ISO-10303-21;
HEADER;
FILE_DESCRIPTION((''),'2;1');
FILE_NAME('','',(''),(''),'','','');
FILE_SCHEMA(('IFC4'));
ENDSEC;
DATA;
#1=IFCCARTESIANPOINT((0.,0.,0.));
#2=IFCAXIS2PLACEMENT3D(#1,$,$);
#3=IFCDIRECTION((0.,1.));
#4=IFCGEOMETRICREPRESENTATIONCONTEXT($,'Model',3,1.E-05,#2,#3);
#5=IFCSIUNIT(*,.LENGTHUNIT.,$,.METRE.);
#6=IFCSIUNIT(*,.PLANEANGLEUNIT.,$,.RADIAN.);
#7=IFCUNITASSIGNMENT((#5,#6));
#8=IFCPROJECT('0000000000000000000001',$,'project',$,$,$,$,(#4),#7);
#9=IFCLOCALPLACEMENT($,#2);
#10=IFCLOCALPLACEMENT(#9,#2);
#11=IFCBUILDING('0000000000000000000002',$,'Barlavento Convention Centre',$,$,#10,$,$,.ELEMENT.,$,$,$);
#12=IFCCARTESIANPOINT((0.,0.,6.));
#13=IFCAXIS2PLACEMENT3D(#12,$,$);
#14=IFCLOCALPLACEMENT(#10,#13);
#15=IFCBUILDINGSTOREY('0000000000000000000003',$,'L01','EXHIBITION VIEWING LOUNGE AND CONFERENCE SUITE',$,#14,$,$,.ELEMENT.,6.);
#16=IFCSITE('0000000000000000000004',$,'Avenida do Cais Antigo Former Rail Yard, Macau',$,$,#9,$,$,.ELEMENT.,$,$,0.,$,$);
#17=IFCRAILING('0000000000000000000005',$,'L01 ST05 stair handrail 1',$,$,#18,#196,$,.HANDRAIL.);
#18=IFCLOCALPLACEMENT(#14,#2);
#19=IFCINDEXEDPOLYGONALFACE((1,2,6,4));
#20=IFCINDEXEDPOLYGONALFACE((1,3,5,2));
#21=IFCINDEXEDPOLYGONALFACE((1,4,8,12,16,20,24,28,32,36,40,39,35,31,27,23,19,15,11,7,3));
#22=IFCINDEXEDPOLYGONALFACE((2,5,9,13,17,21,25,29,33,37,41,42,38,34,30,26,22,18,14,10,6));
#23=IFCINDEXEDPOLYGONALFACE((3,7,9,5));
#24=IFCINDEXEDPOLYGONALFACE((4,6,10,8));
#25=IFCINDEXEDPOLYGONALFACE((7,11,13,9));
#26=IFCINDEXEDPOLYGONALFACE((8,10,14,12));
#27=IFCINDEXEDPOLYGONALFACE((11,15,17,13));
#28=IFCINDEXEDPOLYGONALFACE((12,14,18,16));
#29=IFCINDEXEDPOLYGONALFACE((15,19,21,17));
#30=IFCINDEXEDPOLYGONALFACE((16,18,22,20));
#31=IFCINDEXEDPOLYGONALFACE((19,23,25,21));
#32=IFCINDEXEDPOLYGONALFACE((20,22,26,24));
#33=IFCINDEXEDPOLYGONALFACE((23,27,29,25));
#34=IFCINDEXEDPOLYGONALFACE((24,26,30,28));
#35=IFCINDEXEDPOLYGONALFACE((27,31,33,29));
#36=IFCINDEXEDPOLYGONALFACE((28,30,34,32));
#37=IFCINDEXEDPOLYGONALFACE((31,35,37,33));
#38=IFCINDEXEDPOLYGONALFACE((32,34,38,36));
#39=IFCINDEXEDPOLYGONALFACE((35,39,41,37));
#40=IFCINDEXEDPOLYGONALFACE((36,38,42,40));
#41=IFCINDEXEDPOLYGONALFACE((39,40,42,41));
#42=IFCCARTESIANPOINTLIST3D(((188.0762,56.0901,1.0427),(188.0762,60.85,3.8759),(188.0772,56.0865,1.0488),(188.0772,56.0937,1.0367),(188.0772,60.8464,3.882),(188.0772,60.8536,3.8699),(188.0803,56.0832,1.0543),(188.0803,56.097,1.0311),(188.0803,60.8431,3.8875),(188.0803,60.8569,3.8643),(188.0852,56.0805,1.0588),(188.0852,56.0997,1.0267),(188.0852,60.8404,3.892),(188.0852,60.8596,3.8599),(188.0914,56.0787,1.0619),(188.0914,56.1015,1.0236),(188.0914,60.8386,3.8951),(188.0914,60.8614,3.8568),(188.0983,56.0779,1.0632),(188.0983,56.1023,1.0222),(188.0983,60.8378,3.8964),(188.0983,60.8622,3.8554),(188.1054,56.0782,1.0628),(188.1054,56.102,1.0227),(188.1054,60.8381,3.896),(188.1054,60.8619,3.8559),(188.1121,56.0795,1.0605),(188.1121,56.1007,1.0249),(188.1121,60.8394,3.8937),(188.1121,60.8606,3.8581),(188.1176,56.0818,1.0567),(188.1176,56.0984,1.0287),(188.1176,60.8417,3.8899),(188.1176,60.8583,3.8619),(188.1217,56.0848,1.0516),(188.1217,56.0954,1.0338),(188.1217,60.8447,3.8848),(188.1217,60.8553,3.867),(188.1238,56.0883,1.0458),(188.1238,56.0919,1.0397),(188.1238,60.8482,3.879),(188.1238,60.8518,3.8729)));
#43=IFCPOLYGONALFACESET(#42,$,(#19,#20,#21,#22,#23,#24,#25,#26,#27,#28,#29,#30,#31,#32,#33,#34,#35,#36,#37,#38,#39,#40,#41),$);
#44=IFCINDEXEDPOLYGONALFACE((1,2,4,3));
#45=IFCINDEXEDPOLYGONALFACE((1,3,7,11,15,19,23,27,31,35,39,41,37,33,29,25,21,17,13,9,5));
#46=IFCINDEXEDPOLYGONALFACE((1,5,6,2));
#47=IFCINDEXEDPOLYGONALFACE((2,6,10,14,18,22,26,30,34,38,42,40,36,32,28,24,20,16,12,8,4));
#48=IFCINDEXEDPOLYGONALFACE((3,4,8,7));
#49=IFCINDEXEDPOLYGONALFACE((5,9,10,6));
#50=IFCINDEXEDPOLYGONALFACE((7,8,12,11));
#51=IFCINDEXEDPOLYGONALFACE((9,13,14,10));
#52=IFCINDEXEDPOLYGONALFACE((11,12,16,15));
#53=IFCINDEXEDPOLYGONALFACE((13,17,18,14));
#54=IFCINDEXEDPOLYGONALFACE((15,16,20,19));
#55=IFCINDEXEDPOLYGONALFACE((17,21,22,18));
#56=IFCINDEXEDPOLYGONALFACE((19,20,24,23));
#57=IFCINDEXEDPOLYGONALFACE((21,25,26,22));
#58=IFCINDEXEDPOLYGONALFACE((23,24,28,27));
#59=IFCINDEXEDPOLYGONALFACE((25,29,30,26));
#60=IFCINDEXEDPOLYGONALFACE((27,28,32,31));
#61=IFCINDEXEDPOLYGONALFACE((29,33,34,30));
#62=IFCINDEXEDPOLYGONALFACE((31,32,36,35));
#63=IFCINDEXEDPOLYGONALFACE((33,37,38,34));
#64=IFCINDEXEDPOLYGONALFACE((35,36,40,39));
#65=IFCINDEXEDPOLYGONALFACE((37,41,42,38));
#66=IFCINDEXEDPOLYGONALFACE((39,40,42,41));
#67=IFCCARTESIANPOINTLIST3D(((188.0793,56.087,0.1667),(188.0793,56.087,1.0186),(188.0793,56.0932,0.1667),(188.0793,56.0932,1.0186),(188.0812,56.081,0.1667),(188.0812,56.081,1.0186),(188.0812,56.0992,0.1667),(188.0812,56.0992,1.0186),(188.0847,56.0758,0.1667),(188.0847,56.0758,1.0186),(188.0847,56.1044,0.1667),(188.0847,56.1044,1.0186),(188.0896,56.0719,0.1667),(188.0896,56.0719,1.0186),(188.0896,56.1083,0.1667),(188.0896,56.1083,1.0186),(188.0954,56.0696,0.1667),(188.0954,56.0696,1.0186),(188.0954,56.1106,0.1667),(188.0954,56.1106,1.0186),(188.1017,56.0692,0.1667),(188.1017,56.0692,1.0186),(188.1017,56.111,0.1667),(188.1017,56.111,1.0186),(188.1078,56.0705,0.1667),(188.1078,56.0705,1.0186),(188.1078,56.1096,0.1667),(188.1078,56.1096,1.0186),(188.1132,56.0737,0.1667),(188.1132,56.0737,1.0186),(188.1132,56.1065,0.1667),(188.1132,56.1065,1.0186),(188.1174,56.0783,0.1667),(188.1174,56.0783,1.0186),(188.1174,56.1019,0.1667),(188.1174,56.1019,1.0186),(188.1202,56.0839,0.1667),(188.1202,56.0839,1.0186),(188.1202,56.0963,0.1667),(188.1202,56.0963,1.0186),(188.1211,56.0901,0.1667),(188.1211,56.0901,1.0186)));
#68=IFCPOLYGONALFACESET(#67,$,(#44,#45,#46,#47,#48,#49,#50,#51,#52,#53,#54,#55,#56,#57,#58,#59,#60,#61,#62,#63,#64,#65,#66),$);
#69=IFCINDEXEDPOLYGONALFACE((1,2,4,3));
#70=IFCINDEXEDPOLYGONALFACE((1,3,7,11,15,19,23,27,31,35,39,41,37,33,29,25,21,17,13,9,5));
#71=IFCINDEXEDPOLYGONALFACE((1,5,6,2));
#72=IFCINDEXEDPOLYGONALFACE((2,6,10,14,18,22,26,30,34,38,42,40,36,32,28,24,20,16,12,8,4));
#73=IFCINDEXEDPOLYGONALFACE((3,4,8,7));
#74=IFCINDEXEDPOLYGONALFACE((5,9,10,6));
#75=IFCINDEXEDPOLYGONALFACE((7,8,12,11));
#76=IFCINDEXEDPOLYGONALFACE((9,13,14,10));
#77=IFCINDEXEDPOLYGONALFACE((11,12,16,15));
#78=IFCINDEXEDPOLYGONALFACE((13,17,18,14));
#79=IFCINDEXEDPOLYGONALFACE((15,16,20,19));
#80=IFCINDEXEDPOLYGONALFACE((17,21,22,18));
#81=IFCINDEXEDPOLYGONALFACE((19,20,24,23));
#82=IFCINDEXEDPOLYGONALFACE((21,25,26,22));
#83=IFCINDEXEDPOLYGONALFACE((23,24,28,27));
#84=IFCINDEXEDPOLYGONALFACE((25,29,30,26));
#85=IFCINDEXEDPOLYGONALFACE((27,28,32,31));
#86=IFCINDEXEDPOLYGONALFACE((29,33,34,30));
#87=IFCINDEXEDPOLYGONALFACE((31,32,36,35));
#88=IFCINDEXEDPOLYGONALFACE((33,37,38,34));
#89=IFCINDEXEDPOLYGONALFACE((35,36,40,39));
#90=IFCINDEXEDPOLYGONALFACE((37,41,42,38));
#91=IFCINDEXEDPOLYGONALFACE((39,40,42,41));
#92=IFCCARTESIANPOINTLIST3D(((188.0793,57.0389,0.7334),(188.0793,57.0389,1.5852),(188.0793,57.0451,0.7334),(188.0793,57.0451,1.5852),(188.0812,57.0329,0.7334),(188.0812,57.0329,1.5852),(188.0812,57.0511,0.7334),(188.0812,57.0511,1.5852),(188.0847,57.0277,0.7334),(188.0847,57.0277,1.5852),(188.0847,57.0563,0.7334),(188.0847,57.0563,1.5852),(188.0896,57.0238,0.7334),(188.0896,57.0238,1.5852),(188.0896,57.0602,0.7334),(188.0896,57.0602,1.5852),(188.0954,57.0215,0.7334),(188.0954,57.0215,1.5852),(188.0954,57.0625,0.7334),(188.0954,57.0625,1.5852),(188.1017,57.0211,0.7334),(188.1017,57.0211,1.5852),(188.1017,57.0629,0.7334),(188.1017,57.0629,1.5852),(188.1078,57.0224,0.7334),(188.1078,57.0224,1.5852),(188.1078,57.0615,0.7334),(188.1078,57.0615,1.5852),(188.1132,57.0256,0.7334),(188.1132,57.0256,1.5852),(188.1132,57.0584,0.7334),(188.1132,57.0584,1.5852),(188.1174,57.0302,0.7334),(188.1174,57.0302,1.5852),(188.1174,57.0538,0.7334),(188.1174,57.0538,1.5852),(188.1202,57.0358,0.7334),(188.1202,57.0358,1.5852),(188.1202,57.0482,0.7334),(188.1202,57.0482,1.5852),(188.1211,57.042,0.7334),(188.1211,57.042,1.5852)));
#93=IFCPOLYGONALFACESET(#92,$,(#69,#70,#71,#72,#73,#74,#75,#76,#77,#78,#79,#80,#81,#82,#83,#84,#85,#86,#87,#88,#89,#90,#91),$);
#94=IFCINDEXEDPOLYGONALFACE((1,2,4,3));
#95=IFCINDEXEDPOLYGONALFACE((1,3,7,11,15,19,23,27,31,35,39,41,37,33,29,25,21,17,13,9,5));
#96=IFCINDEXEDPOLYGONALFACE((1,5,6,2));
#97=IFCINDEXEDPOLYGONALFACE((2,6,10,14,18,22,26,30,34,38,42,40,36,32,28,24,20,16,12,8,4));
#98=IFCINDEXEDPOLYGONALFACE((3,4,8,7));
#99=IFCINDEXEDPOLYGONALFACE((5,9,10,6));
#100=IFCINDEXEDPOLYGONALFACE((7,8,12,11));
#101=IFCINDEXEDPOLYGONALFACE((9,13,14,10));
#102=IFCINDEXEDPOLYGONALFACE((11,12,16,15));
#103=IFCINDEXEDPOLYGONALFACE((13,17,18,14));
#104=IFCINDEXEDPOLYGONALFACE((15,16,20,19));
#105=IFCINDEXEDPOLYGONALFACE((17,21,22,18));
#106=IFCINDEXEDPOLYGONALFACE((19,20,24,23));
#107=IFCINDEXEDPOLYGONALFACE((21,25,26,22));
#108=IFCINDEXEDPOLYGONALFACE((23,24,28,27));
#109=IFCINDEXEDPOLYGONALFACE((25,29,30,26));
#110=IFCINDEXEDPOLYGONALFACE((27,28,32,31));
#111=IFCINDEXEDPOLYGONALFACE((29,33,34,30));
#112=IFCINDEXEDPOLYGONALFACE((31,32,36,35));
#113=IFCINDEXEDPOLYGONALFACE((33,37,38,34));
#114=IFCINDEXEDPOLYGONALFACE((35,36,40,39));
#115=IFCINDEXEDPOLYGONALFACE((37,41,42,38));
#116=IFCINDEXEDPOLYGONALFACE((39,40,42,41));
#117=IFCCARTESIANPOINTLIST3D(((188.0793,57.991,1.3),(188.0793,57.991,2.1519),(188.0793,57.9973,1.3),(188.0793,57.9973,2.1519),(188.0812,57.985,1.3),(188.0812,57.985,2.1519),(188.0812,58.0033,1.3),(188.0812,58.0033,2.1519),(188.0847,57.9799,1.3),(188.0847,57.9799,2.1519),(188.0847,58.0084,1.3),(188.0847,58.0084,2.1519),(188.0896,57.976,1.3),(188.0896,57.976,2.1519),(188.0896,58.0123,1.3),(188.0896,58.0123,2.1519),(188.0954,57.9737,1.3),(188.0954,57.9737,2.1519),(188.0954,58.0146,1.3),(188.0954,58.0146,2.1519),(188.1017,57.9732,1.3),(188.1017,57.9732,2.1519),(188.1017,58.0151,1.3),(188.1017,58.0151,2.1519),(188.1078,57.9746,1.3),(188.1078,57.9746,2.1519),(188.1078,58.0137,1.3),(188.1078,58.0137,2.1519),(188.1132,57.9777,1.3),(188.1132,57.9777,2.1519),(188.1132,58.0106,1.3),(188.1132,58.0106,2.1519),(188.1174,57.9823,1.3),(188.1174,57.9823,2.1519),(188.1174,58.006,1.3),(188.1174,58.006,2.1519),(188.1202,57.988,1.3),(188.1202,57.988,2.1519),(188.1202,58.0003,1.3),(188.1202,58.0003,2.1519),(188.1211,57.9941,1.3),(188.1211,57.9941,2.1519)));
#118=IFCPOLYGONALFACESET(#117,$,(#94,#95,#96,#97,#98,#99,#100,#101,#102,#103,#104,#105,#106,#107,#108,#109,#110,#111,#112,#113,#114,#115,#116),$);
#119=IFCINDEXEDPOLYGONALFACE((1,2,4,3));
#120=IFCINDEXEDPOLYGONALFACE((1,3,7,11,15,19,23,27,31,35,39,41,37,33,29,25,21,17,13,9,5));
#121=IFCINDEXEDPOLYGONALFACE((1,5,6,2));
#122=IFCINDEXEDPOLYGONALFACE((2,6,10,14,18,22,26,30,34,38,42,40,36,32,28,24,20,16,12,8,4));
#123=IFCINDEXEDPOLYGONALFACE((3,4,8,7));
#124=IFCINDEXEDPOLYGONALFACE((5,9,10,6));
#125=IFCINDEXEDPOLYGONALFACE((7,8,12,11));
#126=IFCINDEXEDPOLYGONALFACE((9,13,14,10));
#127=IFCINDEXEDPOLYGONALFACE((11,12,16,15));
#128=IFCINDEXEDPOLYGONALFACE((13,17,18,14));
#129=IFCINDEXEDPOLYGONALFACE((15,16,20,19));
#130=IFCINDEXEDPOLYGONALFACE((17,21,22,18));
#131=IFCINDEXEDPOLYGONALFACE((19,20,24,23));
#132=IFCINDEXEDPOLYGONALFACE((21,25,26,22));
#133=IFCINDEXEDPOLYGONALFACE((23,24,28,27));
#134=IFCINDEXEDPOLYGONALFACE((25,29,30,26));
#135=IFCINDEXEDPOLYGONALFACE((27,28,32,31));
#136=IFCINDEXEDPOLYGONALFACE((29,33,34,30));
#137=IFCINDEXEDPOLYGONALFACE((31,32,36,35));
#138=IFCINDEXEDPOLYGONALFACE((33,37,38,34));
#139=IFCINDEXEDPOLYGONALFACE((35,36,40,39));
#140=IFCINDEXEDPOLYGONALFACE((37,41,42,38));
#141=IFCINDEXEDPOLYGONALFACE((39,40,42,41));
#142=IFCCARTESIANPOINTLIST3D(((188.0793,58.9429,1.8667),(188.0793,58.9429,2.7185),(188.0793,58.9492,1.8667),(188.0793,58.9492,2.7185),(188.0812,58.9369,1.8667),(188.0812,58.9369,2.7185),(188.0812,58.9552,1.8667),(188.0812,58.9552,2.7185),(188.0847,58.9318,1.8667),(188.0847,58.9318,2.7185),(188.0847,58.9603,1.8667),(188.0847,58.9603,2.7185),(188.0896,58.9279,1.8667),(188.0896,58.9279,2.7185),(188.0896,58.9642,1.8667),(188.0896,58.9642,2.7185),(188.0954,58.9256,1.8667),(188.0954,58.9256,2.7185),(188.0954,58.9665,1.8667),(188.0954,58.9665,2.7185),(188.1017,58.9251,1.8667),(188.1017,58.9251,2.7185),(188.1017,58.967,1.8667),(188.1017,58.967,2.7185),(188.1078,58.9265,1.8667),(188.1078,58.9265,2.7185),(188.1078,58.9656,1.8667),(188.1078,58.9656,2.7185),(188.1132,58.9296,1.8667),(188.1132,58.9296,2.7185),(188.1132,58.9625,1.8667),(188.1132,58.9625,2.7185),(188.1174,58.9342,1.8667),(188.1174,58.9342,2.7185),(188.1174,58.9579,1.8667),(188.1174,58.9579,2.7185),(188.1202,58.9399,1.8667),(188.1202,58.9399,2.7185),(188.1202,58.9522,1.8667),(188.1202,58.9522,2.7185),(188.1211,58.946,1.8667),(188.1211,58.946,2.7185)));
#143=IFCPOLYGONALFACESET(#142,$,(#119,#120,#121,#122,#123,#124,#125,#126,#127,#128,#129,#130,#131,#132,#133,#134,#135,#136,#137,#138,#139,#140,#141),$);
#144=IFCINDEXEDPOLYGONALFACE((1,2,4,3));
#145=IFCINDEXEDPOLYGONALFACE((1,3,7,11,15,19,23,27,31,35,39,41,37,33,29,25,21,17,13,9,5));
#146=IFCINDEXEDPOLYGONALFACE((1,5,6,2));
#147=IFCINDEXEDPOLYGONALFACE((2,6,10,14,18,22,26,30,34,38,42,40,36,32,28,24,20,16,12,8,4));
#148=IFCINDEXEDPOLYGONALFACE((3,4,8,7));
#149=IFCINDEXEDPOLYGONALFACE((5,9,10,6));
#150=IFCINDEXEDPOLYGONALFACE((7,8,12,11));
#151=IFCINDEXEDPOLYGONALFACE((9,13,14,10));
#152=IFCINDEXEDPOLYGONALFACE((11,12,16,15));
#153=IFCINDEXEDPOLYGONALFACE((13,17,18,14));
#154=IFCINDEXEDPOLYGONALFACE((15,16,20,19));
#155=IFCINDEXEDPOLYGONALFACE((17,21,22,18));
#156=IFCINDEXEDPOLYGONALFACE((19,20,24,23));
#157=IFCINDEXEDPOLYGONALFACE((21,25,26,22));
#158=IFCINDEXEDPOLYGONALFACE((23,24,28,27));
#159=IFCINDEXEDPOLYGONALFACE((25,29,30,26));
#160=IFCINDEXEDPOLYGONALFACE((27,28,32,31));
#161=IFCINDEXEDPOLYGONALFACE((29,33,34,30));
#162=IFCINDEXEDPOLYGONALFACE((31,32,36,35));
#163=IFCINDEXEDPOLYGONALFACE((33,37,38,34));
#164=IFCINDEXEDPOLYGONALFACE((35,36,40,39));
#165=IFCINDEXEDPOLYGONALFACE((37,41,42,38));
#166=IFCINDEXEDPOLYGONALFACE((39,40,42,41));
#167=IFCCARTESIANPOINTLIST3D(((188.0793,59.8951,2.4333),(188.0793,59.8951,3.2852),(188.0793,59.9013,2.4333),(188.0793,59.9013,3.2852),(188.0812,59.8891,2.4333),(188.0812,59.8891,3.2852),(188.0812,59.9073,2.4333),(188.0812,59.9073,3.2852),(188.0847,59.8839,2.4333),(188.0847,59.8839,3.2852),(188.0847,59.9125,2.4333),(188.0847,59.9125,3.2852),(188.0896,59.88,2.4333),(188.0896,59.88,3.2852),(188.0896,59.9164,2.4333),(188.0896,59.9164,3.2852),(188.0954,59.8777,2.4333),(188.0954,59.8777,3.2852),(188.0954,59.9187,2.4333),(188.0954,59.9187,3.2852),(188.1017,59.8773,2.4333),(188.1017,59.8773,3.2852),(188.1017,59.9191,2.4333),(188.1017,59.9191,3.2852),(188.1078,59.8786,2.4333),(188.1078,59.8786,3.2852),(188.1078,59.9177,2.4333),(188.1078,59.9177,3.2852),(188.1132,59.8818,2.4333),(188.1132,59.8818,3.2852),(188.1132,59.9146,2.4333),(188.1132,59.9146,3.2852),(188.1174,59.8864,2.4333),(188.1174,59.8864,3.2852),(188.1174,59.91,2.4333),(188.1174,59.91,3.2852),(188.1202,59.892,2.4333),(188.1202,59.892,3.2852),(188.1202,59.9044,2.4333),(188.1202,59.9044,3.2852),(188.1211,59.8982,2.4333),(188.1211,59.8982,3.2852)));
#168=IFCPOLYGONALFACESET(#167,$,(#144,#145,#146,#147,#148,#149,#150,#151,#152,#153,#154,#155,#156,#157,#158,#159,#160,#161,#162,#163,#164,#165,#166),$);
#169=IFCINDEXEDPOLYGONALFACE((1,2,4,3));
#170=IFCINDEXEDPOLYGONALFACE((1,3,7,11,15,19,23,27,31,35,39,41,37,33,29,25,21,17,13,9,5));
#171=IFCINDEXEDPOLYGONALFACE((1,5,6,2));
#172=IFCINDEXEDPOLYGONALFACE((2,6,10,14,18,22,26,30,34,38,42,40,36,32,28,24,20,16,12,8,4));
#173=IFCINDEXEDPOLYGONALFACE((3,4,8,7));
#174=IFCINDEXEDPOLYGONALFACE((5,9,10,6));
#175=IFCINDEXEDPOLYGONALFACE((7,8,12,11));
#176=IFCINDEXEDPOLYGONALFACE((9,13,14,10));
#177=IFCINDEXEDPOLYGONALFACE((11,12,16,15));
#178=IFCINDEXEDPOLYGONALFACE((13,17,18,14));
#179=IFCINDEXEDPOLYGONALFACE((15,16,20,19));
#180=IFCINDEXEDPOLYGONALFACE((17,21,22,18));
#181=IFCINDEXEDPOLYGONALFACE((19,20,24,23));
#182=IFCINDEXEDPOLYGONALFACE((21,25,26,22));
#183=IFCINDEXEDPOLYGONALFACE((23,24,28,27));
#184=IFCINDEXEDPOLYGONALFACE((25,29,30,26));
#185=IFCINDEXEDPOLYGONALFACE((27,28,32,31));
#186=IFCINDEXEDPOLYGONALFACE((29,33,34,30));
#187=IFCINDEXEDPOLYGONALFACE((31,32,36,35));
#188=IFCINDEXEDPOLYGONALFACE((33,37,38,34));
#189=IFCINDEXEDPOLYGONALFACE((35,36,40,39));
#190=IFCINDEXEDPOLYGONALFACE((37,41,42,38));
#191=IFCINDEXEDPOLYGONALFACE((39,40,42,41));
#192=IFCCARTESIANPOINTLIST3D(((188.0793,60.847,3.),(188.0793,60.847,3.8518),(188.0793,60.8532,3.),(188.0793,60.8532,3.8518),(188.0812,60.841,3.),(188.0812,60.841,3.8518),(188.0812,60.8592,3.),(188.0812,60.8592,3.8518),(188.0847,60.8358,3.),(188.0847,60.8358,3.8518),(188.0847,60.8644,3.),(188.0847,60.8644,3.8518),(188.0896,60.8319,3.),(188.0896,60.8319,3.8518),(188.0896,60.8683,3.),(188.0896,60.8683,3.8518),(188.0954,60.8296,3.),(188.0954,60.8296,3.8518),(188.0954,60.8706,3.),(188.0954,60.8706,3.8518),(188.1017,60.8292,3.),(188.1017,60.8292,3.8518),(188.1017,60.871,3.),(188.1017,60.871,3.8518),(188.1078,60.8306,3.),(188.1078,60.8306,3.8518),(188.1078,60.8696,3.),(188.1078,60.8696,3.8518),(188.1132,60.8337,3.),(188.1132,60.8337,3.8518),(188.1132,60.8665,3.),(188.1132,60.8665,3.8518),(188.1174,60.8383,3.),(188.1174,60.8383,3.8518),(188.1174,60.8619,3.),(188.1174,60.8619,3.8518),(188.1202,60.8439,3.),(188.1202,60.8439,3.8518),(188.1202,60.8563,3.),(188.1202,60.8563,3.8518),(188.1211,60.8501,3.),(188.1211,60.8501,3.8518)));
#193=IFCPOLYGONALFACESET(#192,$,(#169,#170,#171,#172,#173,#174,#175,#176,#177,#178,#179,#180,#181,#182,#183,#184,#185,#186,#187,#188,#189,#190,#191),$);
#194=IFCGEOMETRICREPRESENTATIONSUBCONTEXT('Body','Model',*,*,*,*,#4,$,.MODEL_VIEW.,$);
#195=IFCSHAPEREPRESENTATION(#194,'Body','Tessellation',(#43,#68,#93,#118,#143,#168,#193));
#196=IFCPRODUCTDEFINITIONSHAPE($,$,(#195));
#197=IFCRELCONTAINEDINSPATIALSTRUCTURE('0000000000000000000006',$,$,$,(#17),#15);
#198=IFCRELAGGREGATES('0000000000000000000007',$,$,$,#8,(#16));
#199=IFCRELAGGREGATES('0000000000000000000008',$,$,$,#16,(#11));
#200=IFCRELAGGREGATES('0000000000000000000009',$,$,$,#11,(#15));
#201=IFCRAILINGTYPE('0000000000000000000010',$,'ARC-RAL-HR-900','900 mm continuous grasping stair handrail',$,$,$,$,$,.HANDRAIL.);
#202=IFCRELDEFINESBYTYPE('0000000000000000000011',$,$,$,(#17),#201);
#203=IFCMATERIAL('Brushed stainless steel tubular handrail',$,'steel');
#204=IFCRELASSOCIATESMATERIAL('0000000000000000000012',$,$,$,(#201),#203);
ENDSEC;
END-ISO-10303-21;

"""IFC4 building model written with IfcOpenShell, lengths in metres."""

from ifc_helpers import new_model, si_unit, direction, frame, origin, origin_2d, place, context, subcontext, project, spatial, circle, extrude, material, type_object, element, save


model = new_model("IFC4")

# Units and contexts
model_context = context("Model", 3, precision=1e-05, world=origin(), true_north=direction((0.0, 1.0)))
body_context = subcontext(model_context, "Body", "Model", "MODEL_VIEW")
ifc_project = project(units=[si_unit("LENGTHUNIT", "METRE"), si_unit("PLANEANGLEUNIT", "RADIAN")], contexts=[model_context])

# Site, building, storey
site_placement = place(None, origin())
site = spatial("IfcSite", under=ifc_project, at=site_placement, Name="Avenida do Cais Antigo Former Rail Yard, Macau", CompositionType="ELEMENT", RefElevation=0.0)
building_placement = place(site_placement, origin())
building = spatial("IfcBuilding", under=site, at=building_placement, Name="Barlavento Convention Centre", CompositionType="ELEMENT")
storey_placement = place(building_placement, frame((0.0, 0.0, 6.0)))
storey = spatial("IfcBuildingStorey", under=building, at=storey_placement, Name="L01", Description="EXHIBITION VIEWING LOUNGE AND CONFERENCE SUITE", CompositionType="ELEMENT", Elevation=6.0)

# Railing
ifc_material_1 = material(Name="Brushed stainless steel tubular handrail", Category="steel")
railing_type_1 = type_object("IfcRailingType", Name="ARC-RAL-HR-900", Description="900 mm continuous grasping stair handrail", PredefinedType="HANDRAIL", material=ifc_material_1)
railing_1_placement = place(storey_placement, frame((188.1001, 56.0901, 0.1667)))
element("IfcRailing", 1, at=railing_1_placement, inside=storey, type_object=railing_type_1, Name="L01 ST05 stair handrail 1", PredefinedType="HANDRAIL", context=body_context, shape_type="SweptSolid", body=[
    extrude(circle(Radius=0.0239, at=origin_2d()), frame((0.0, 0.0, 0.876), z_axis=(0.0, 0.8593, 0.511472), x_axis=(-1.0, 0.0, 0.0)), (0.0, 0.0, 1.0), 5.5393),
    extrude(circle(Radius=0.021, at=origin_2d()), origin(), (0.0, 0.0, 1.0), 0.8518),
    extrude(circle(Radius=0.021, at=origin_2d()), frame((0.0, 0.9519, 0.5667)), (0.0, 0.0, 1.0), 0.8518),
    extrude(circle(Radius=0.021, at=origin_2d()), frame((0.0, 1.9041, 1.1333)), (0.0, 0.0, 1.0), 0.8518),
    extrude(circle(Radius=0.021, at=origin_2d()), frame((0.0, 2.856, 1.7)), (0.0, 0.0, 1.0), 0.8518),
    extrude(circle(Radius=0.021, at=origin_2d()), frame((0.0, 3.8081, 2.2666)), (0.0, 0.0, 1.0), 0.8518),
    extrude(circle(Radius=0.021, at=origin_2d()), frame((0.0, 4.76, 2.8333)), (0.0, 0.0, 1.0), 0.8518),
])

save(model, "model.ifc")
